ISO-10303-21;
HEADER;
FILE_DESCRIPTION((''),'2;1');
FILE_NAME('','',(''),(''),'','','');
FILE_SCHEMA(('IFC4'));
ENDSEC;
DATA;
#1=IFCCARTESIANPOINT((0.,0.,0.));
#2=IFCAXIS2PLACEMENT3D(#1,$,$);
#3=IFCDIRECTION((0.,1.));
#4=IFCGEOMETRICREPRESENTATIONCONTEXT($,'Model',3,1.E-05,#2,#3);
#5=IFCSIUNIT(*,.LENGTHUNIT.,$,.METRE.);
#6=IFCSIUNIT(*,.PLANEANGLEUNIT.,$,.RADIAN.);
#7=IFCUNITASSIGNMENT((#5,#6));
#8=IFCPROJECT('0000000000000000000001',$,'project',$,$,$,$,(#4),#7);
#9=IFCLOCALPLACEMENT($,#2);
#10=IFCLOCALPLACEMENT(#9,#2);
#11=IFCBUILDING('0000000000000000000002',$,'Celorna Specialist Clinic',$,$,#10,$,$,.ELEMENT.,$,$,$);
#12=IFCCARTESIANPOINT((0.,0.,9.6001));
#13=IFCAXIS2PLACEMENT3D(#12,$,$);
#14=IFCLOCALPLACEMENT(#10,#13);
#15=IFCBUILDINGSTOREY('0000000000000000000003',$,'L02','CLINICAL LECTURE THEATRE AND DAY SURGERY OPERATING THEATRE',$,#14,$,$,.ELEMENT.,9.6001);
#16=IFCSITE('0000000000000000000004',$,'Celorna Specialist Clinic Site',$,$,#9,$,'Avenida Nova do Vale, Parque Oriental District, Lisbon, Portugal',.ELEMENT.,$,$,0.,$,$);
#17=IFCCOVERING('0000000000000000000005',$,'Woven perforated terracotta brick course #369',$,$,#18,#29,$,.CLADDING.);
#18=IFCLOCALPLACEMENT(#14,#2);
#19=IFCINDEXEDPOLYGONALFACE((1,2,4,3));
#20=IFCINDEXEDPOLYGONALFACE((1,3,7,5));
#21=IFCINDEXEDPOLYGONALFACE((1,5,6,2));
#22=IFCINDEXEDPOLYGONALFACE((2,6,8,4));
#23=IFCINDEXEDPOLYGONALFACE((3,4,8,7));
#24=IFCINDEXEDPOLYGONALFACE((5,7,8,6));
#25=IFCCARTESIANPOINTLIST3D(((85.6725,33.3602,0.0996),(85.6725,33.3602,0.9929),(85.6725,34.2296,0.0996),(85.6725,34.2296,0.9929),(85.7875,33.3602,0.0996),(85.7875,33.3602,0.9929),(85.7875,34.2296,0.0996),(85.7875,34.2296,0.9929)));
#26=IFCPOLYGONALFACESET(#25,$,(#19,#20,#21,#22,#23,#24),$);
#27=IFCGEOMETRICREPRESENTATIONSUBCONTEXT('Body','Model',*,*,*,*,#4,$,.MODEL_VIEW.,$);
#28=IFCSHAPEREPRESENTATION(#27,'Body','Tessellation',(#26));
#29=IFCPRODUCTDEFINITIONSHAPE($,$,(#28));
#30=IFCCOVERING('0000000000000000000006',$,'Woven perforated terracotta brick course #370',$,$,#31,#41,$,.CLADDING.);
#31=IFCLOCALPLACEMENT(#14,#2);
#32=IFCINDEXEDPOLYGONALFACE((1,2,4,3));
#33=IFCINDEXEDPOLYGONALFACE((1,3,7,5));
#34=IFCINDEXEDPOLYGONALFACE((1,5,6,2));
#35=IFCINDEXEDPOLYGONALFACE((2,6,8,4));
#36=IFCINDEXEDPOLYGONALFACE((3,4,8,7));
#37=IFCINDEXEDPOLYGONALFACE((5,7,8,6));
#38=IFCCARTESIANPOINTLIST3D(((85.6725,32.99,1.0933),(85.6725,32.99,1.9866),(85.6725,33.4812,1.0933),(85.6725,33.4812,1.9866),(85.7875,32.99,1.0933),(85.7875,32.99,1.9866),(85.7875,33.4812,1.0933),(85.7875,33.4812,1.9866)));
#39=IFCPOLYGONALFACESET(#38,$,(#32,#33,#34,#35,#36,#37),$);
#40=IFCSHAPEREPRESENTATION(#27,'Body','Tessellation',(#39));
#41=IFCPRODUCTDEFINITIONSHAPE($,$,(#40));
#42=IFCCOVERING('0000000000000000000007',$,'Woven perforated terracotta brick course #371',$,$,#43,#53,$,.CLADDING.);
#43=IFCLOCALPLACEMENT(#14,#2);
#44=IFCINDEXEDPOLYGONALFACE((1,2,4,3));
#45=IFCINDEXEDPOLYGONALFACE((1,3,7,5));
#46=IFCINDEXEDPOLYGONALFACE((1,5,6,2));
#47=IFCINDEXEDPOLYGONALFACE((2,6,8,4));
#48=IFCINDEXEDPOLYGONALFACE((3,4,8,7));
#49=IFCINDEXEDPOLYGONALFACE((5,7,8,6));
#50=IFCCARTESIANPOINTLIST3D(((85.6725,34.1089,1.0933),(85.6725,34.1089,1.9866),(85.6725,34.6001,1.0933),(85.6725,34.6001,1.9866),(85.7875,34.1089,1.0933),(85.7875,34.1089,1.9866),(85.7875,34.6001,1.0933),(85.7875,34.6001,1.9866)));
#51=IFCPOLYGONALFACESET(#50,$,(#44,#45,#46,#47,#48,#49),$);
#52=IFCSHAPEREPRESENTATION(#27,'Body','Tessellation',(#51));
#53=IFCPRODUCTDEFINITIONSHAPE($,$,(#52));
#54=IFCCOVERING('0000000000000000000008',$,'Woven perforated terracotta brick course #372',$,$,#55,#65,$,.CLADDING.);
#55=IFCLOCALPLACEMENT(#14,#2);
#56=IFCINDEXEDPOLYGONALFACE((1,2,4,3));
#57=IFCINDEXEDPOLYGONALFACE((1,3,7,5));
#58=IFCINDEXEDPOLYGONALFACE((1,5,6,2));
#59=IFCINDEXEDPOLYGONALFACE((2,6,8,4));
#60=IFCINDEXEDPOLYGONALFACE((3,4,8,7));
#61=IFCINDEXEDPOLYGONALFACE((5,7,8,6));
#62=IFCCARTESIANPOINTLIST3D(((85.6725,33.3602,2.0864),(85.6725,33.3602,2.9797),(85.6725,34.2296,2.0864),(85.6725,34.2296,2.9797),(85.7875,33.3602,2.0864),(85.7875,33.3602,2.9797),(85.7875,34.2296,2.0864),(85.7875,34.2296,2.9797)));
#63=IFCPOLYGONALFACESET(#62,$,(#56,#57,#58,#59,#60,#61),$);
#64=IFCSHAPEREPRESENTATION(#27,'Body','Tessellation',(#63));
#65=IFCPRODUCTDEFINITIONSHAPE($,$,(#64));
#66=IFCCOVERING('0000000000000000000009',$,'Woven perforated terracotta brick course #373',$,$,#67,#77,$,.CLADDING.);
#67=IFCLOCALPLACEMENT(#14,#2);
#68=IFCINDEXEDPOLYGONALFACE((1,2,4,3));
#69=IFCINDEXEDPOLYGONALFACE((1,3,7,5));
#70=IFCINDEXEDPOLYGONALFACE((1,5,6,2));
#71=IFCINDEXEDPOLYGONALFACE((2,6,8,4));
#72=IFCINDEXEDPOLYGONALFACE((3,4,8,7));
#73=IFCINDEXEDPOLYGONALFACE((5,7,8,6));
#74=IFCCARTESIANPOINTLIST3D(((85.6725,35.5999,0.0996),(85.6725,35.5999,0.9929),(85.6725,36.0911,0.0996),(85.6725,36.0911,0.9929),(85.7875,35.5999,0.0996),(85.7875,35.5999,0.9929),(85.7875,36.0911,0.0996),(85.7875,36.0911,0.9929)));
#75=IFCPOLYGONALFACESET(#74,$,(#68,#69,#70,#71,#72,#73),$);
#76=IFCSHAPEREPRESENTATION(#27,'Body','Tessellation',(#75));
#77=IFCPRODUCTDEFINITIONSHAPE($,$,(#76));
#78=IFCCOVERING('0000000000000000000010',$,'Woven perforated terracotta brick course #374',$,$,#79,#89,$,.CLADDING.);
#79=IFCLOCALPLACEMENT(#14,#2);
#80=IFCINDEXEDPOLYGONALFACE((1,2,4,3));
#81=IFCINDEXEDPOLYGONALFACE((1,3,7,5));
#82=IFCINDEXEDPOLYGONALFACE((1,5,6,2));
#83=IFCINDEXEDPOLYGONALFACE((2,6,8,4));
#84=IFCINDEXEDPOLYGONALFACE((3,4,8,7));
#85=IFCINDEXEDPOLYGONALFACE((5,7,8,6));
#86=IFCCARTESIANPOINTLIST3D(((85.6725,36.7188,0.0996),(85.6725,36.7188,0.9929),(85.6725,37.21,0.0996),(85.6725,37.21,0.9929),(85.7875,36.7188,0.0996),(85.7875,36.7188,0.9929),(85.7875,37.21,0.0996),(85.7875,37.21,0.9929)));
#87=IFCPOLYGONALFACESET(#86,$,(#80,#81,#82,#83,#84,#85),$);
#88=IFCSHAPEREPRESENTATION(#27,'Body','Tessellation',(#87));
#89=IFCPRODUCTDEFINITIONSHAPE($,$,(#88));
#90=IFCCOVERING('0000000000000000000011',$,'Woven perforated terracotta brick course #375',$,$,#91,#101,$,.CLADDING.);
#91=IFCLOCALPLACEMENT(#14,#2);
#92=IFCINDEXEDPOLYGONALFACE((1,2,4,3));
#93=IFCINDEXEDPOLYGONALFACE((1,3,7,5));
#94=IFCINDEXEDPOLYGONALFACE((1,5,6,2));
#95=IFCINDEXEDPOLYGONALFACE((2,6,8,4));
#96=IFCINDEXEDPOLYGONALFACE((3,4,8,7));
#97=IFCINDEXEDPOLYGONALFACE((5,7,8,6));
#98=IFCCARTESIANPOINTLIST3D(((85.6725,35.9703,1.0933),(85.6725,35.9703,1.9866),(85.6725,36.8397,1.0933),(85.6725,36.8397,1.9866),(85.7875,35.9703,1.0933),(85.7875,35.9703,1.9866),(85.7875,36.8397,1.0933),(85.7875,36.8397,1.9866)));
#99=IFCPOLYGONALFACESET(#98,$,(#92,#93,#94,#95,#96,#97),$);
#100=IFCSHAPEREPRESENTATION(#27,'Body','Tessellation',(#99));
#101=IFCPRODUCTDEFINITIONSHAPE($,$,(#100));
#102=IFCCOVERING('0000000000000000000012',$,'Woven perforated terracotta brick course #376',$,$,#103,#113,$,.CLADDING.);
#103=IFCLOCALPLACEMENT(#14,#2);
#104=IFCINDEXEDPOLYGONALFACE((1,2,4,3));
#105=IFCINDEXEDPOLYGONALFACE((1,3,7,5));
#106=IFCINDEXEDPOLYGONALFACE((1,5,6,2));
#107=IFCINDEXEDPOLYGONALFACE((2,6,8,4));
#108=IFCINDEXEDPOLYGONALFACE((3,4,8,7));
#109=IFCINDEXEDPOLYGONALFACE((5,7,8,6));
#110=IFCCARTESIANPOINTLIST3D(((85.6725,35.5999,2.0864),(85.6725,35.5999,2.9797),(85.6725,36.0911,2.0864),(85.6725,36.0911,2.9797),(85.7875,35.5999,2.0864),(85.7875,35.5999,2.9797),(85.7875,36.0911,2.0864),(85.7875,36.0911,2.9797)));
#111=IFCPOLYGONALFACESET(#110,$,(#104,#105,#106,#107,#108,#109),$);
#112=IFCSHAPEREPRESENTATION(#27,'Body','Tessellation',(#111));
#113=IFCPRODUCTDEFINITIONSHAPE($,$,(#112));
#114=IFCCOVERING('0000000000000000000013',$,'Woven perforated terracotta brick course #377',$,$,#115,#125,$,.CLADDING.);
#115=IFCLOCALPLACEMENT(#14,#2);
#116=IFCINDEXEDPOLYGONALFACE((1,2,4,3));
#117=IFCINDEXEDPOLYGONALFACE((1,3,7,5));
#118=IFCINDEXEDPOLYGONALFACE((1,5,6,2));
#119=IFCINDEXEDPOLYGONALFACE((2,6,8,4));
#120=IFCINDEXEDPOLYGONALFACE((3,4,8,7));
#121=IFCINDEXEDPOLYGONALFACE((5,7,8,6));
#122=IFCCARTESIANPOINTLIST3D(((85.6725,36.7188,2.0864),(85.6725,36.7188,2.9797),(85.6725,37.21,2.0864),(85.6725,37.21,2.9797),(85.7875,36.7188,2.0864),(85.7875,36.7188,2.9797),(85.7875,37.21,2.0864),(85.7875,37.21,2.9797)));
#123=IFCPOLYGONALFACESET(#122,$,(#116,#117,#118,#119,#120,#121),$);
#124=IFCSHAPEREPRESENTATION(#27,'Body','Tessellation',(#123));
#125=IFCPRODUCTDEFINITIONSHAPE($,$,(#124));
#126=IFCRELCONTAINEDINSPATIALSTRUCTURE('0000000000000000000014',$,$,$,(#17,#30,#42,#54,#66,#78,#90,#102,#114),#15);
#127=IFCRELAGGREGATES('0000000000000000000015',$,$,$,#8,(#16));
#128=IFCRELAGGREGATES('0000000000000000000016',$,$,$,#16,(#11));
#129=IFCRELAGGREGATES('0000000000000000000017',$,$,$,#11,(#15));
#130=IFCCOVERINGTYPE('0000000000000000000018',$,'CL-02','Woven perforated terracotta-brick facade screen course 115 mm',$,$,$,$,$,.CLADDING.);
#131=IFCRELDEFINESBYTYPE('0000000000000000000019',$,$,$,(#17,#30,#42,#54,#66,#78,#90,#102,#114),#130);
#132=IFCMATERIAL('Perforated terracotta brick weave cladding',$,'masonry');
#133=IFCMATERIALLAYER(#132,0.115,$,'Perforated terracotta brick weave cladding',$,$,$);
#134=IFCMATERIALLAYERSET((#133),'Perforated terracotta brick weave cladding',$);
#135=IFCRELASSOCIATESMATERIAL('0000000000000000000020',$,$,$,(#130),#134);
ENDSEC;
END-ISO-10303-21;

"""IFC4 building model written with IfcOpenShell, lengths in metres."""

from ifc_helpers import new_model, si_unit, direction, frame, origin, origin_2d, place, context, subcontext, project, spatial, rectangle, extrude, material, layer, layer_set, type_object, element, save


model = new_model("IFC4")

# Units and contexts
model_context = context("Model", 3, precision=1e-05, world=origin(), true_north=direction((0.0, 1.0)))
body_context = subcontext(model_context, "Body", "Model", "MODEL_VIEW")
ifc_project = project(units=[si_unit("LENGTHUNIT", "METRE"), si_unit("PLANEANGLEUNIT", "RADIAN")], contexts=[model_context])

# Site, building, storey
site_placement = place(None, origin())
site = spatial("IfcSite", under=ifc_project, at=site_placement, Name="Celorna Specialist Clinic Site", LongName="Avenida Nova do Vale, Parque Oriental District, Lisbon, Portugal", CompositionType="ELEMENT", RefElevation=0.0)
building_placement = place(site_placement, origin())
building = spatial("IfcBuilding", under=site, at=building_placement, Name="Celorna Specialist Clinic", CompositionType="ELEMENT")
storey_placement = place(building_placement, frame((0.0, 0.0, 9.6001)))
storey = spatial("IfcBuildingStorey", under=building, at=storey_placement, Name="L02", Description="CLINICAL LECTURE THEATRE AND DAY SURGERY OPERATING THEATRE", CompositionType="ELEMENT", Elevation=9.6001)

# Coverings
ifc_material_1 = material(Name="Perforated terracotta brick weave cladding", Category="masonry")
ifc_layer_1 = layer(ifc_material_1, 0.115, Name="Perforated terracotta brick weave cladding")
ifc_layer_set_1 = layer_set([ifc_layer_1], Name="Perforated terracotta brick weave cladding")
covering_type = type_object("IfcCoveringType", Name="CL-02", Description="Woven perforated terracotta-brick facade screen course 115 mm", PredefinedType="CLADDING", material=ifc_layer_set_1)
covering_1_placement = place(storey_placement, frame((85.73, 33.7949, 0.0996), z_axis=(0.0, 0.0, 1.0), x_axis=(0.0, 1.0, 0.0)))
element("IfcCovering", 1, at=covering_1_placement, inside=storey, type_object=covering_type, Name="Woven perforated terracotta brick course #369", PredefinedType="CLADDING", context=body_context, shape_type="SweptSolid", body=[
    extrude(rectangle(XDim=0.8694, YDim=0.115, at=origin_2d()), origin(), (0.0, 0.0, 1.0), 0.8933),
])
for number, where, z_axis, x_axis, name in (
    (2, (85.73, 33.2356, 1.0933), (0.0, 0.0, 1.0), (0.0, 1.0, 0.0), "Woven perforated terracotta brick course #370"),
    (3, (85.73, 34.3545, 1.0933), (0.0, 0.0, 1.0), (0.0, 1.0, 0.0), "Woven perforated terracotta brick course #371"),
):
    element("IfcCovering", number, at=place(storey_placement, frame(where, z_axis=z_axis, x_axis=x_axis)), inside=storey, type_object=covering_type, Name=name, PredefinedType="CLADDING", context=body_context, shape_type="SweptSolid", body=[
        extrude(rectangle(XDim=0.4912, YDim=0.115, at=origin_2d()), origin(), (0.0, 0.0, 1.0), 0.8933),
    ])
covering_2_placement = place(storey_placement, frame((85.73, 33.7949, 2.0864), z_axis=(0.0, 0.0, 1.0), x_axis=(0.0, 1.0, 0.0)))
element("IfcCovering", 4, at=covering_2_placement, inside=storey, type_object=covering_type, Name="Woven perforated terracotta brick course #372", PredefinedType="CLADDING", context=body_context, shape_type="SweptSolid", body=[
    extrude(rectangle(XDim=0.8694, YDim=0.115, at=origin_2d()), origin(), (0.0, 0.0, 1.0), 0.8933),
])
for number, where, z_axis, x_axis, name in (
    (5, (85.73, 35.8455, 0.0996), (0.0, 0.0, 1.0), (0.0, 1.0, 0.0), "Woven perforated terracotta brick course #373"),
    (6, (85.73, 36.9644, 0.0996), (0.0, 0.0, 1.0), (0.0, 1.0, 0.0), "Woven perforated terracotta brick course #374"),
):
    element("IfcCovering", number, at=place(storey_placement, frame(where, z_axis=z_axis, x_axis=x_axis)), inside=storey, type_object=covering_type, Name=name, PredefinedType="CLADDING", context=body_context, shape_type="SweptSolid", body=[
        extrude(rectangle(XDim=0.4912, YDim=0.115, at=origin_2d()), origin(), (0.0, 0.0, 1.0), 0.8933),
    ])
covering_3_placement = place(storey_placement, frame((85.73, 36.405, 1.0933), z_axis=(0.0, 0.0, 1.0), x_axis=(0.0, 1.0, 0.0)))
element("IfcCovering", 7, at=covering_3_placement, inside=storey, type_object=covering_type, Name="Woven perforated terracotta brick course #375", PredefinedType="CLADDING", context=body_context, shape_type="SweptSolid", body=[
    extrude(rectangle(XDim=0.8694, YDim=0.115, at=origin_2d()), origin(), (0.0, 0.0, 1.0), 0.8933),
])
for number, where, z_axis, x_axis, name in (
    (8, (85.73, 35.8455, 2.0864), (0.0, 0.0, 1.0), (0.0, 1.0, 0.0), "Woven perforated terracotta brick course #376"),
    (9, (85.73, 36.9644, 2.0864), (0.0, 0.0, 1.0), (0.0, 1.0, 0.0), "Woven perforated terracotta brick course #377"),
):
    element("IfcCovering", number, at=place(storey_placement, frame(where, z_axis=z_axis, x_axis=x_axis)), inside=storey, type_object=covering_type, Name=name, PredefinedType="CLADDING", context=body_context, shape_type="SweptSolid", body=[
        extrude(rectangle(XDim=0.4912, YDim=0.115, at=origin_2d()), origin(), (0.0, 0.0, 1.0), 0.8933),
    ])

save(model, "model.ifc")
